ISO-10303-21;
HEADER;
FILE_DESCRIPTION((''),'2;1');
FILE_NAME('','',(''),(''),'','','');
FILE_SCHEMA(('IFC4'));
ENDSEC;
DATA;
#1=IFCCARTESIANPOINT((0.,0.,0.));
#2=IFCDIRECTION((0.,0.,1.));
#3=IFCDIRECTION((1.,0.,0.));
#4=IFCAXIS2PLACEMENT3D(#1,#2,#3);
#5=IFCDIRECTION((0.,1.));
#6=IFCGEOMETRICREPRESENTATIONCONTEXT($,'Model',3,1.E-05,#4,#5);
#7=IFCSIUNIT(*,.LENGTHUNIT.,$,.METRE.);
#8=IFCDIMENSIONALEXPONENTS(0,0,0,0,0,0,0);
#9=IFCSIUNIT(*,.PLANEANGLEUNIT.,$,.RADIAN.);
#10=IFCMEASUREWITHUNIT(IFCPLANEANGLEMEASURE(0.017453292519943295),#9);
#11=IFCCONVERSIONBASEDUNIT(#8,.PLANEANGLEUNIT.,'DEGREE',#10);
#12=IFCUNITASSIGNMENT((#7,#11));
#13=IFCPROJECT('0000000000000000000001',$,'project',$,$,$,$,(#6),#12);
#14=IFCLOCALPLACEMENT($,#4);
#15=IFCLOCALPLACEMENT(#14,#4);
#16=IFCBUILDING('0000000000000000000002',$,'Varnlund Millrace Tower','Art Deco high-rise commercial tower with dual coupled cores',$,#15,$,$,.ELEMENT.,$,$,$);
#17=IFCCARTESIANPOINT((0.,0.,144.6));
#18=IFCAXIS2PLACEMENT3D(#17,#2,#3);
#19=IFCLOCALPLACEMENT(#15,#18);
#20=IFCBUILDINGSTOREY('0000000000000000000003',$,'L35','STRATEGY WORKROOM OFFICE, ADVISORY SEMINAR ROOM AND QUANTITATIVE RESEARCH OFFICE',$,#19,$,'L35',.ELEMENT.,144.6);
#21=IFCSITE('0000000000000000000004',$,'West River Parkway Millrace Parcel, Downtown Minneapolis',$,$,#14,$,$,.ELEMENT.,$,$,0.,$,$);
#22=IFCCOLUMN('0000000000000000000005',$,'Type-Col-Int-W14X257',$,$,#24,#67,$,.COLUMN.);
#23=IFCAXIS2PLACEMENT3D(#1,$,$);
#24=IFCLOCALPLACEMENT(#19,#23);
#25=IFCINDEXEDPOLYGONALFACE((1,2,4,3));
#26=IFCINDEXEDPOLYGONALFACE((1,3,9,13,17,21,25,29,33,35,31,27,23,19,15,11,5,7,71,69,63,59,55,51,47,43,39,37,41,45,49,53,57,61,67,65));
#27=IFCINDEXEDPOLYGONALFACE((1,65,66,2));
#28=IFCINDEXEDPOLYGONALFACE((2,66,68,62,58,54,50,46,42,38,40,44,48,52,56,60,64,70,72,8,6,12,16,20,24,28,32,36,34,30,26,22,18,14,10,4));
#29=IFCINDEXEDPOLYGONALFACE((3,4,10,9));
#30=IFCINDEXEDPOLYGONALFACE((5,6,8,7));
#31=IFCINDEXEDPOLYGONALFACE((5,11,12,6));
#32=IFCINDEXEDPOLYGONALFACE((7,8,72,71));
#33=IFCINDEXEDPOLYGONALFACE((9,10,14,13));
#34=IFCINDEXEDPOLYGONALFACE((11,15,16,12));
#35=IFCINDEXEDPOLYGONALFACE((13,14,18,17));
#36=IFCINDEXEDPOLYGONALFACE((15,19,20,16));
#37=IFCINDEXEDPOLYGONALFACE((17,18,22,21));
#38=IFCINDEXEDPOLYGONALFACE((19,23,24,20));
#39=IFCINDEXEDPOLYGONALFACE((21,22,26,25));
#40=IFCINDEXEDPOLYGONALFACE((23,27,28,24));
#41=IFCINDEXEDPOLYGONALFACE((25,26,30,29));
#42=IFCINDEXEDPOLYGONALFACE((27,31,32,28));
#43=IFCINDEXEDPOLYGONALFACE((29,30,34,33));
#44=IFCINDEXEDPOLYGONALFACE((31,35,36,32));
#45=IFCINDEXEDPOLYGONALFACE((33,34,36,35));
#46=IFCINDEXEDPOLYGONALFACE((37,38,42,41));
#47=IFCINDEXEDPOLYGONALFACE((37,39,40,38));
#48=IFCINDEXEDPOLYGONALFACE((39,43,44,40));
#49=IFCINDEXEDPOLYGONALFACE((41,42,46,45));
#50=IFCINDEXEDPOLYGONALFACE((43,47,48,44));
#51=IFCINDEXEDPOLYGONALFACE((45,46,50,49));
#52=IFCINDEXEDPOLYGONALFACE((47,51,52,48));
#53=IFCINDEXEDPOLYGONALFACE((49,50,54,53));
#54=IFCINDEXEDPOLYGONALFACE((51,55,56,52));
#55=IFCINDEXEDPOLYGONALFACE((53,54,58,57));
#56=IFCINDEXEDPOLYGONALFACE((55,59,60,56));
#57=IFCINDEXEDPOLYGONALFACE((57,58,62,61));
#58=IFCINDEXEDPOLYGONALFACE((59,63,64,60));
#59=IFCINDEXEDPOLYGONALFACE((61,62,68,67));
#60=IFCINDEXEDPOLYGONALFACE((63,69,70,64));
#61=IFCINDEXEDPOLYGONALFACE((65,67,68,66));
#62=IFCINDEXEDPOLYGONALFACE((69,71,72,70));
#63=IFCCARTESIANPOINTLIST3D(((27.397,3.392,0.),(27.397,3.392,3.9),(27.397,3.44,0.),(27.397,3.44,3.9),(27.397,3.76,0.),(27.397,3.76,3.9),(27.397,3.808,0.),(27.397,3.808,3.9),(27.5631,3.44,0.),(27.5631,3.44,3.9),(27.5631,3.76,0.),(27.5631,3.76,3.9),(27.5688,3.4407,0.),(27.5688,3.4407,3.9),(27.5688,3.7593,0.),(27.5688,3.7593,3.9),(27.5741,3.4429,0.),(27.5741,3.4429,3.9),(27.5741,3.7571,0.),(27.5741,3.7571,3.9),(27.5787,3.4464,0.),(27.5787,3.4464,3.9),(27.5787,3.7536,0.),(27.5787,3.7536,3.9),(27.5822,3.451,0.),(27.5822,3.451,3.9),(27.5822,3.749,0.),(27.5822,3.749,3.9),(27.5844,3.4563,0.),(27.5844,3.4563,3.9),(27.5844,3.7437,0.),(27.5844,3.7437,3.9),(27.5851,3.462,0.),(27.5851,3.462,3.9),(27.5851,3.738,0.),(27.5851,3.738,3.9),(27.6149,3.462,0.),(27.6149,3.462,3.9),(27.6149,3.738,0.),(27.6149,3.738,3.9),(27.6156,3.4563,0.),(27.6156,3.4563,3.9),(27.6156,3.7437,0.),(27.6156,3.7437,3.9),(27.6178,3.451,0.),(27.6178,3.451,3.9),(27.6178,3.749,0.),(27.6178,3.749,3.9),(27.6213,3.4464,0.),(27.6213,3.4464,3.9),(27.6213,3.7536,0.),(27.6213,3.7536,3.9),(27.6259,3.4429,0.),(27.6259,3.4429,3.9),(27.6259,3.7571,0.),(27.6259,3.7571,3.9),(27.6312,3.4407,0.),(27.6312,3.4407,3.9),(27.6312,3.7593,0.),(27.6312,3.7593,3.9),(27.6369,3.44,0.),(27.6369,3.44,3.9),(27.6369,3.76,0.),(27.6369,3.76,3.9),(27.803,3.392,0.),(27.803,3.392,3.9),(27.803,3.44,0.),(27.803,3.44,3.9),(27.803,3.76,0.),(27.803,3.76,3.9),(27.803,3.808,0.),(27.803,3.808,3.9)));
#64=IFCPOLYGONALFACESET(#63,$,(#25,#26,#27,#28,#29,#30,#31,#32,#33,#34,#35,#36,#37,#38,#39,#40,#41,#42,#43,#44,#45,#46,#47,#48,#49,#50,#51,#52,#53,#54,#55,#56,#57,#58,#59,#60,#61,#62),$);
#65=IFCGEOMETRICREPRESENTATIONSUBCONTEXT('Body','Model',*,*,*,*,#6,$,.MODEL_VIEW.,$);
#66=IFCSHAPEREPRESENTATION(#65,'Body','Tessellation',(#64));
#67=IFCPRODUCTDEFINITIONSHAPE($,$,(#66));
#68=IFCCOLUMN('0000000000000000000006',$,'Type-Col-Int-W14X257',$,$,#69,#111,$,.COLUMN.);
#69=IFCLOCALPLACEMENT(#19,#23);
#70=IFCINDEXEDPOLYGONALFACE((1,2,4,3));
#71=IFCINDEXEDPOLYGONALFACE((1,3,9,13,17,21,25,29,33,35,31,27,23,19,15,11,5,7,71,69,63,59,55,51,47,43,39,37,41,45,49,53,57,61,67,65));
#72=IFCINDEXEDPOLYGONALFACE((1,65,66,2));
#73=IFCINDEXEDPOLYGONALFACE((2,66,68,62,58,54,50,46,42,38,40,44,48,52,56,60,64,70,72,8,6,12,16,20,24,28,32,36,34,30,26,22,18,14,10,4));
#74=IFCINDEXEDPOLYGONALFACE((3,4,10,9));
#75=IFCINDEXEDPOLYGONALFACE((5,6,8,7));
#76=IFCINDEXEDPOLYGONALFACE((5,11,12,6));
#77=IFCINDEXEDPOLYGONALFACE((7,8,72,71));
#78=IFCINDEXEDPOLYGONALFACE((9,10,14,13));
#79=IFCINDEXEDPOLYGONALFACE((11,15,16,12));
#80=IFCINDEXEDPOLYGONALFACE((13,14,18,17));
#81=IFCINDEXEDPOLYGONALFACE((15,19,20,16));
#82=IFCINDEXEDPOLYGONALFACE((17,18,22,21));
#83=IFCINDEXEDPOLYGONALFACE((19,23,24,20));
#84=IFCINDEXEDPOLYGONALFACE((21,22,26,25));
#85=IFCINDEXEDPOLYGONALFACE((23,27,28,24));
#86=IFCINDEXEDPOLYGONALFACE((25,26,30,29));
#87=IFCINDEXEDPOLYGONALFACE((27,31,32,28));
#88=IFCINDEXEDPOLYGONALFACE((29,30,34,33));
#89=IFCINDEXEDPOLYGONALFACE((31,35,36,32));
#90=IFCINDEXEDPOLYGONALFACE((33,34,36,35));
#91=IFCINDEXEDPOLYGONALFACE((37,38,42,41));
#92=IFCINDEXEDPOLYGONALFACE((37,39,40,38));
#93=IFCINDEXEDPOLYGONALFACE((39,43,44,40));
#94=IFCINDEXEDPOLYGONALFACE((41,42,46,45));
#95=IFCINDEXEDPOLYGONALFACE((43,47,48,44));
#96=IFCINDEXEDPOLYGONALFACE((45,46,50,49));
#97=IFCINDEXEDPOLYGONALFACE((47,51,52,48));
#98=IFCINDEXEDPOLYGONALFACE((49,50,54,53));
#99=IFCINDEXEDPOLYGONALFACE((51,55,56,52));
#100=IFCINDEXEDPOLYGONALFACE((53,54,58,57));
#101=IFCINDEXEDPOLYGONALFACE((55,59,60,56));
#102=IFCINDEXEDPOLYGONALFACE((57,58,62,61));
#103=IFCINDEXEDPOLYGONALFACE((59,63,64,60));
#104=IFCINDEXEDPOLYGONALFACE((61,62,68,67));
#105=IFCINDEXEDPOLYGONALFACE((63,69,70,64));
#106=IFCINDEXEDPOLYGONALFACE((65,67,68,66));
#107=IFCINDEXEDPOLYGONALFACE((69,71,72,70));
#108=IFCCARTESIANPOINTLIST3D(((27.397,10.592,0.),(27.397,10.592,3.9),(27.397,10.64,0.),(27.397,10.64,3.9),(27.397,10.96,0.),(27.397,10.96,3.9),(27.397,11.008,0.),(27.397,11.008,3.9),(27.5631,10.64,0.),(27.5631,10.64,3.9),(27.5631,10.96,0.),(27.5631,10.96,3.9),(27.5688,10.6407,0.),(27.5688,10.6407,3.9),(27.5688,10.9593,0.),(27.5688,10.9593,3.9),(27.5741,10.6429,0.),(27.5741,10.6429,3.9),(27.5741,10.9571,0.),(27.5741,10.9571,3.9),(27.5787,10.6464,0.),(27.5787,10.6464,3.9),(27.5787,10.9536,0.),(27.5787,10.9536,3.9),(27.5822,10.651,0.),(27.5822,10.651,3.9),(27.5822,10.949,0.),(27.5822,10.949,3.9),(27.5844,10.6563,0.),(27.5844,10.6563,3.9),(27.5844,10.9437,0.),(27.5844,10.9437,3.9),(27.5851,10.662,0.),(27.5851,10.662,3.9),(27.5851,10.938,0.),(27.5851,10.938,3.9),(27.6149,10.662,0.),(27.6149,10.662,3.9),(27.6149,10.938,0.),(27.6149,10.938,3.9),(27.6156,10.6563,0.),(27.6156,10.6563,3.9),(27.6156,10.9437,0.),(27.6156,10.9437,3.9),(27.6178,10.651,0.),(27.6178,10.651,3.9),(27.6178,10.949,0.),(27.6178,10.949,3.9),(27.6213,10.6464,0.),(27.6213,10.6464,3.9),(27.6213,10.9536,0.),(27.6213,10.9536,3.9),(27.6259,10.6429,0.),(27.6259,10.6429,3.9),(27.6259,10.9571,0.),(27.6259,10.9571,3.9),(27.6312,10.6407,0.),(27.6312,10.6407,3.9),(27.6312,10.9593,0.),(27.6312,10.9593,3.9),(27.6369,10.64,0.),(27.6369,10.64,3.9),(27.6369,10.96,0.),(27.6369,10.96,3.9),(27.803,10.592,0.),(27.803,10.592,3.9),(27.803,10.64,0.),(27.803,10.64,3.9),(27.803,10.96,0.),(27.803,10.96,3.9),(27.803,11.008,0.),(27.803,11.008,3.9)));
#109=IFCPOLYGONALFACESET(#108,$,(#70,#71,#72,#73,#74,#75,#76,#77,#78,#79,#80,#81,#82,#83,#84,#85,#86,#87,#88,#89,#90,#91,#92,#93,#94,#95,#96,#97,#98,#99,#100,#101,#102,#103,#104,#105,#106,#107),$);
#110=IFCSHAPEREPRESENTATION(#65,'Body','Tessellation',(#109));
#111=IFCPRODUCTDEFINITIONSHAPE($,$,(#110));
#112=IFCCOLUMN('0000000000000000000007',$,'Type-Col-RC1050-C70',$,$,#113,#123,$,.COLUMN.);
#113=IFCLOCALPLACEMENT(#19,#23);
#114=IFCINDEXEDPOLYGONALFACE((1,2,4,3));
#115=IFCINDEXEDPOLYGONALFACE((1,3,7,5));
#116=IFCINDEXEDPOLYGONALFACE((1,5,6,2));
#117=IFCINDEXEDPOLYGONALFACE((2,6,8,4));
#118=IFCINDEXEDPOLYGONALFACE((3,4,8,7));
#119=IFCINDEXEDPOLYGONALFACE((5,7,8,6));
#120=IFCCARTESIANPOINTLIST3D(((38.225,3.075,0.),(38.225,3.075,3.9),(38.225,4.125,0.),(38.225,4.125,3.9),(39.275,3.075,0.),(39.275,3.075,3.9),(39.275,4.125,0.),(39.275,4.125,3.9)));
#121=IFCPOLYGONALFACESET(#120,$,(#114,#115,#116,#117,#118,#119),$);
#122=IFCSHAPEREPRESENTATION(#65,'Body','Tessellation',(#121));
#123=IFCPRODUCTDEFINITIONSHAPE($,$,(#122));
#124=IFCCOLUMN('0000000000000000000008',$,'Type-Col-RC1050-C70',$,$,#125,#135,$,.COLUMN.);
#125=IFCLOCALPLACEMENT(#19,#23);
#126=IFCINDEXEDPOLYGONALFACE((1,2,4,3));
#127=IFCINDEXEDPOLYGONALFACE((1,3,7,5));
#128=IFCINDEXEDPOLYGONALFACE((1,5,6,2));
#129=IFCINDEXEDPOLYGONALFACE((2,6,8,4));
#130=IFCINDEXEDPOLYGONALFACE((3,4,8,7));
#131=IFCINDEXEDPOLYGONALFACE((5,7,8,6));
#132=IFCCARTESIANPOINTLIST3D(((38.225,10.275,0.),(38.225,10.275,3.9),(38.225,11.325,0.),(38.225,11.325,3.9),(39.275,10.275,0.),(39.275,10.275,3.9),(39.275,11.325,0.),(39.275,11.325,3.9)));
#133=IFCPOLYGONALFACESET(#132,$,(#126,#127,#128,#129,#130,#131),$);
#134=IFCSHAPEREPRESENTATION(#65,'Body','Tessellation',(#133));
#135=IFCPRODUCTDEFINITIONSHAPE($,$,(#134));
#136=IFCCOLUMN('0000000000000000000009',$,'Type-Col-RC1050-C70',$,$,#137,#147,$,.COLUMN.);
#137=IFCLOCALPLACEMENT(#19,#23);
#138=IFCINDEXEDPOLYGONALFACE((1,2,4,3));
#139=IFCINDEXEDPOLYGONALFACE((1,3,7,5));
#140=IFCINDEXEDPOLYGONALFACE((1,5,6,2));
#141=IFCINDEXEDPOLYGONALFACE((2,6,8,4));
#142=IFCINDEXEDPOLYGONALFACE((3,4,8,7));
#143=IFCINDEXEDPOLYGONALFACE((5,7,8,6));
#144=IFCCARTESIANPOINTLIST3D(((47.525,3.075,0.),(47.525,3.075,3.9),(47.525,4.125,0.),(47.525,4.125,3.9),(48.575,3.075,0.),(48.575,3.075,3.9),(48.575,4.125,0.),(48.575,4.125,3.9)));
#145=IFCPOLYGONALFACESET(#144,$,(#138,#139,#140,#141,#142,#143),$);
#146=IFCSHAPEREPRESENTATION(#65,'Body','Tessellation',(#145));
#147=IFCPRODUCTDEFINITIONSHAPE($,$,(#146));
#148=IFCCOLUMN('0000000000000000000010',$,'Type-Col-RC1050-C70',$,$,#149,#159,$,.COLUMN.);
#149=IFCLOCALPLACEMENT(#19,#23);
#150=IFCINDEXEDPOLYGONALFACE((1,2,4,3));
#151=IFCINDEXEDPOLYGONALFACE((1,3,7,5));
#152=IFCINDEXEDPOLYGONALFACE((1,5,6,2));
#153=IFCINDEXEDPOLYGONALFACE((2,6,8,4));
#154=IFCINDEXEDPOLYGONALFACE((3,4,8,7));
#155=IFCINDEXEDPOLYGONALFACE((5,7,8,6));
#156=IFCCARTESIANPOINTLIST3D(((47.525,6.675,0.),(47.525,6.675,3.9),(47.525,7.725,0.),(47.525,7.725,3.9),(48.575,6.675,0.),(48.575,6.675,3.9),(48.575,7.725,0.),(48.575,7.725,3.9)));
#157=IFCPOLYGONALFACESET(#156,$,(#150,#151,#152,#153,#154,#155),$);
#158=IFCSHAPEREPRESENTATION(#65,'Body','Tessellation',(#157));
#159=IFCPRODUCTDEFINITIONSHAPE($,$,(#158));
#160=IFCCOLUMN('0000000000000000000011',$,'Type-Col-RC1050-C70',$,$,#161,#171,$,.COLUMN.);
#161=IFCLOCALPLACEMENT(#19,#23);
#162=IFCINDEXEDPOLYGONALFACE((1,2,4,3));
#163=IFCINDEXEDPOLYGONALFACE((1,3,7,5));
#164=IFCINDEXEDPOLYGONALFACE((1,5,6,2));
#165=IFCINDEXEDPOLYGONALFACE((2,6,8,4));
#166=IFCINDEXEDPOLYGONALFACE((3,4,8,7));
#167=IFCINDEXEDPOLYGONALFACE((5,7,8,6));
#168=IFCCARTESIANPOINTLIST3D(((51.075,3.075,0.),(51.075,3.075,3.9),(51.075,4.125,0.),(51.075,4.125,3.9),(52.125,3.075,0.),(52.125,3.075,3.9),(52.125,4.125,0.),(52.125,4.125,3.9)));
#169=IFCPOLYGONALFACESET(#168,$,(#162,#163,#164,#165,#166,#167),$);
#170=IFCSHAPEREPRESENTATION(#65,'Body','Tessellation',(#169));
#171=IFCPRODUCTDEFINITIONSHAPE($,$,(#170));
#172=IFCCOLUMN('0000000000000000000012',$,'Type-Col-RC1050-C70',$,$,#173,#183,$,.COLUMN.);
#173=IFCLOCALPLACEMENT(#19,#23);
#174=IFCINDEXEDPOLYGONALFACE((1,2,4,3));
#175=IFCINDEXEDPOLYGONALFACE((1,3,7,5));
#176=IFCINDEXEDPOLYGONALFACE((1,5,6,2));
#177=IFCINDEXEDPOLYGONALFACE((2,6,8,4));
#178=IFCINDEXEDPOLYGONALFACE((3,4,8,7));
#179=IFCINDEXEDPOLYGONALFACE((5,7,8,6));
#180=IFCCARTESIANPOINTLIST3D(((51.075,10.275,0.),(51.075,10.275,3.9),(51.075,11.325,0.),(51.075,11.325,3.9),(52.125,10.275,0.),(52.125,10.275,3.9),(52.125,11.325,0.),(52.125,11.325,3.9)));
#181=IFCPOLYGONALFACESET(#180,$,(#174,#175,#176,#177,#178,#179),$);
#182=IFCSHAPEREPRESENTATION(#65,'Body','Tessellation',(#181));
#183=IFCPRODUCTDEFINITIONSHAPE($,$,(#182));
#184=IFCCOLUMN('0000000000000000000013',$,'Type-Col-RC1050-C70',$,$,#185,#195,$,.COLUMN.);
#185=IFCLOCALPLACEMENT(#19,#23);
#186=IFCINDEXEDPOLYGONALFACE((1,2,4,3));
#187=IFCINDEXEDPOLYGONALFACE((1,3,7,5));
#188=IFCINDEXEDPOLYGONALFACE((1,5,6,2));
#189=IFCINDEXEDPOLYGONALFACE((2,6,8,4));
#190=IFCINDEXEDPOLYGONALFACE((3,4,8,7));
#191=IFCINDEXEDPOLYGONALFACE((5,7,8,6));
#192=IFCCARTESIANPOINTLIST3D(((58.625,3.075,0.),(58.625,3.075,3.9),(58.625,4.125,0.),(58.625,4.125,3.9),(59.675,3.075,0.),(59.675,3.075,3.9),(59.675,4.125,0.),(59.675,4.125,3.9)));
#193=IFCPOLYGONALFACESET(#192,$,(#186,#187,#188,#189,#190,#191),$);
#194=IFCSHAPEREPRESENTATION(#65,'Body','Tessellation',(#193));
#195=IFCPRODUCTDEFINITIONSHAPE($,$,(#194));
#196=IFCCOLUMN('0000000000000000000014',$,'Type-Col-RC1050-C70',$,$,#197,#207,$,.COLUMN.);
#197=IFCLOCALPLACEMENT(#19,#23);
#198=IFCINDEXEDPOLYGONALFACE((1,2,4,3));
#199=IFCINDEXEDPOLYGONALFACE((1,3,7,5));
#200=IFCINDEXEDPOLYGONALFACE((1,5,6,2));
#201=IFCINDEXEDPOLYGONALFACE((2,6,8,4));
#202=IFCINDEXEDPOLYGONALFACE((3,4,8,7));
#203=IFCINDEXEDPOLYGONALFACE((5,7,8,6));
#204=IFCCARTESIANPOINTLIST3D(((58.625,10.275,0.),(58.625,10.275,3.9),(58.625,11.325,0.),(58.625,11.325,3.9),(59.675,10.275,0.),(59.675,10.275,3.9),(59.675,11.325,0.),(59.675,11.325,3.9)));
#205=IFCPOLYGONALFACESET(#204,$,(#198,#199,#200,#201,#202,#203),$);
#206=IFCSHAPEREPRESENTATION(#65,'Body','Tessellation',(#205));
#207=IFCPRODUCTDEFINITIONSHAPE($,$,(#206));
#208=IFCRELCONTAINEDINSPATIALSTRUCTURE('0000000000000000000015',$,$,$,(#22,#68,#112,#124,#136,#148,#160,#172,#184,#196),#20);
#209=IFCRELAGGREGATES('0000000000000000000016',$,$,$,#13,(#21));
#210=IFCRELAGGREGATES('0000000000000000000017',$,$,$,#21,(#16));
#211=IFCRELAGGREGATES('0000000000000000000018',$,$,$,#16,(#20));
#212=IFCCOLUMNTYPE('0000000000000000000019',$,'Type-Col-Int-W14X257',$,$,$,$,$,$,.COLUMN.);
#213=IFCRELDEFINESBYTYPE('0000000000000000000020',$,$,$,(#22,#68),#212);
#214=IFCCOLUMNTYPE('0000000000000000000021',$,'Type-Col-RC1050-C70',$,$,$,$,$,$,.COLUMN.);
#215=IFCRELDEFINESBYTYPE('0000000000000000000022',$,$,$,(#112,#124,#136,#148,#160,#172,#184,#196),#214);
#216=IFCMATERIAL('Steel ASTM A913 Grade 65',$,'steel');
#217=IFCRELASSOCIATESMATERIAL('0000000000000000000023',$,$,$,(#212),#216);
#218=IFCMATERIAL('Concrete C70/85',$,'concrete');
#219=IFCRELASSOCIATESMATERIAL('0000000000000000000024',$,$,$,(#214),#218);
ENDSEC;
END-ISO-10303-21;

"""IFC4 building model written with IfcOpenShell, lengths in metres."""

from ifc_helpers import new_model, entity, si_unit, converted_unit, direction, frame, origin_with_axes, origin_2d_with_axis, place, context, subcontext, project, spatial, rectangle, i_section, extrude, material, material_profile, profile_set, type_object, element, save


model = new_model("IFC4")

# Units and contexts
model_context = context("Model", 3, precision=1e-05, world=origin_with_axes(), true_north=direction((0.0, 1.0)))
body_context = subcontext(model_context, "Body", "Model", "MODEL_VIEW")
ifc_project = project(units=[si_unit("LENGTHUNIT", "METRE"), converted_unit("PLANEANGLEUNIT", "DEGREE", entity("IfcPlaneAngleMeasure", 0.017453292519943295), si_unit("PLANEANGLEUNIT", "RADIAN"), dimensions=[0, 0, 0, 0, 0, 0, 0])], contexts=[model_context])

# Site, building, storey
site_placement = place(None, origin_with_axes())
site = spatial("IfcSite", under=ifc_project, at=site_placement, Name="West River Parkway Millrace Parcel, Downtown Minneapolis", CompositionType="ELEMENT", RefElevation=0.0)
building_placement = place(site_placement, origin_with_axes())
building = spatial("IfcBuilding", under=site, at=building_placement, Name="Varnlund Millrace Tower", Description="Art Deco high-rise commercial tower with dual coupled cores", CompositionType="ELEMENT")
storey_placement = place(building_placement, frame((0.0, 0.0, 144.6), z_axis=(0.0, 0.0, 1.0), x_axis=(1.0, 0.0, 0.0)))
storey = spatial("IfcBuildingStorey", under=building, at=storey_placement, Name="L35", Description="STRATEGY WORKROOM OFFICE, ADVISORY SEMINAR ROOM AND QUANTITATIVE RESEARCH OFFICE", LongName="L35", CompositionType="ELEMENT", Elevation=144.6)

# Columns
ifc_material_1 = material(Name="Steel ASTM A913 Grade 65", Category="steel")
ifc_material_profile_1 = material_profile(ifc_material_1, i_section(OverallWidth=0.406, OverallDepth=0.416, WebThickness=0.0298, FlangeThickness=0.048, FilletRadius=0.022, at=origin_2d_with_axis()), Name="Steel ASTM A913 Grade 65")
ifc_profile_set_1 = profile_set([ifc_material_profile_1], Name="Steel ASTM A913 Grade 65")
column_type_1 = type_object("IfcColumnType", Name="Type-Col-Int-W14X257", PredefinedType="COLUMN", material=ifc_profile_set_1)
for number, where, z_axis, x_axis, name in (
    (1, (27.6, 3.6, 0.0), (0.0, 0.0, 1.0), (1.0, 0.0, 0.0), "Type-Col-Int-W14X257"),
    (2, (27.6, 10.8, 0.0), (0.0, 0.0, 1.0), (1.0, 0.0, 0.0), "Type-Col-Int-W14X257"),
):
    element("IfcColumn", number, at=place(storey_placement, frame(where, z_axis=z_axis, x_axis=x_axis)), inside=storey, type_object=column_type_1, Name=name, PredefinedType="COLUMN", context=body_context, shape_type="SweptSolid", body=[
        extrude(i_section(OverallWidth=0.406, OverallDepth=0.416, WebThickness=0.0298, FlangeThickness=0.048, FilletRadius=0.022, at=origin_2d_with_axis()), origin_with_axes(), (0.0, 0.0, 1.0), 3.9),
    ])
ifc_material_2 = material(Name="Concrete C70/85", Category="concrete")
ifc_material_profile_2 = material_profile(ifc_material_2, rectangle(XDim=1.05, YDim=1.05, at=origin_2d_with_axis()), Name="Concrete C70/85")
ifc_profile_set_2 = profile_set([ifc_material_profile_2], Name="Concrete C70/85")
column_type_2 = type_object("IfcColumnType", Name="Type-Col-RC1050-C70", PredefinedType="COLUMN", material=ifc_profile_set_2)
for number, where, z_axis, x_axis, name in (
    (3, (38.75, 3.6, 0.0), (0.0, 0.0, 1.0), (1.0, 0.0, 0.0), "Type-Col-RC1050-C70"),
    (4, (38.75, 10.8, 0.0), (0.0, 0.0, 1.0), (1.0, 0.0, 0.0), "Type-Col-RC1050-C70"),
    (5, (48.05, 3.6, 0.0), (0.0, 0.0, 1.0), (1.0, 0.0, 0.0), "Type-Col-RC1050-C70"),
    (6, (48.05, 7.2, 0.0), (0.0, 0.0, 1.0), (1.0, 0.0, 0.0), "Type-Col-RC1050-C70"),
    (7, (51.6, 3.6, 0.0), (0.0, 0.0, 1.0), (1.0, 0.0, 0.0), "Type-Col-RC1050-C70"),
    (8, (51.6, 10.8, 0.0), (0.0, 0.0, 1.0), (1.0, 0.0, 0.0), "Type-Col-RC1050-C70"),
    (9, (59.15, 3.6, 0.0), (0.0, 0.0, 1.0), (1.0, 0.0, 0.0), "Type-Col-RC1050-C70"),
    (10, (59.15, 10.8, 0.0), (0.0, 0.0, 1.0), (1.0, 0.0, 0.0), "Type-Col-RC1050-C70"),
):
    element("IfcColumn", number, at=place(storey_placement, frame(where, z_axis=z_axis, x_axis=x_axis)), inside=storey, type_object=column_type_2, Name=name, PredefinedType="COLUMN", context=body_context, shape_type="SweptSolid", body=[
        extrude(rectangle(XDim=1.05, YDim=1.05, at=origin_2d_with_axis()), origin_with_axes(), (0.0, 0.0, 1.0), 3.9),
    ])

save(model, "model.ifc")
